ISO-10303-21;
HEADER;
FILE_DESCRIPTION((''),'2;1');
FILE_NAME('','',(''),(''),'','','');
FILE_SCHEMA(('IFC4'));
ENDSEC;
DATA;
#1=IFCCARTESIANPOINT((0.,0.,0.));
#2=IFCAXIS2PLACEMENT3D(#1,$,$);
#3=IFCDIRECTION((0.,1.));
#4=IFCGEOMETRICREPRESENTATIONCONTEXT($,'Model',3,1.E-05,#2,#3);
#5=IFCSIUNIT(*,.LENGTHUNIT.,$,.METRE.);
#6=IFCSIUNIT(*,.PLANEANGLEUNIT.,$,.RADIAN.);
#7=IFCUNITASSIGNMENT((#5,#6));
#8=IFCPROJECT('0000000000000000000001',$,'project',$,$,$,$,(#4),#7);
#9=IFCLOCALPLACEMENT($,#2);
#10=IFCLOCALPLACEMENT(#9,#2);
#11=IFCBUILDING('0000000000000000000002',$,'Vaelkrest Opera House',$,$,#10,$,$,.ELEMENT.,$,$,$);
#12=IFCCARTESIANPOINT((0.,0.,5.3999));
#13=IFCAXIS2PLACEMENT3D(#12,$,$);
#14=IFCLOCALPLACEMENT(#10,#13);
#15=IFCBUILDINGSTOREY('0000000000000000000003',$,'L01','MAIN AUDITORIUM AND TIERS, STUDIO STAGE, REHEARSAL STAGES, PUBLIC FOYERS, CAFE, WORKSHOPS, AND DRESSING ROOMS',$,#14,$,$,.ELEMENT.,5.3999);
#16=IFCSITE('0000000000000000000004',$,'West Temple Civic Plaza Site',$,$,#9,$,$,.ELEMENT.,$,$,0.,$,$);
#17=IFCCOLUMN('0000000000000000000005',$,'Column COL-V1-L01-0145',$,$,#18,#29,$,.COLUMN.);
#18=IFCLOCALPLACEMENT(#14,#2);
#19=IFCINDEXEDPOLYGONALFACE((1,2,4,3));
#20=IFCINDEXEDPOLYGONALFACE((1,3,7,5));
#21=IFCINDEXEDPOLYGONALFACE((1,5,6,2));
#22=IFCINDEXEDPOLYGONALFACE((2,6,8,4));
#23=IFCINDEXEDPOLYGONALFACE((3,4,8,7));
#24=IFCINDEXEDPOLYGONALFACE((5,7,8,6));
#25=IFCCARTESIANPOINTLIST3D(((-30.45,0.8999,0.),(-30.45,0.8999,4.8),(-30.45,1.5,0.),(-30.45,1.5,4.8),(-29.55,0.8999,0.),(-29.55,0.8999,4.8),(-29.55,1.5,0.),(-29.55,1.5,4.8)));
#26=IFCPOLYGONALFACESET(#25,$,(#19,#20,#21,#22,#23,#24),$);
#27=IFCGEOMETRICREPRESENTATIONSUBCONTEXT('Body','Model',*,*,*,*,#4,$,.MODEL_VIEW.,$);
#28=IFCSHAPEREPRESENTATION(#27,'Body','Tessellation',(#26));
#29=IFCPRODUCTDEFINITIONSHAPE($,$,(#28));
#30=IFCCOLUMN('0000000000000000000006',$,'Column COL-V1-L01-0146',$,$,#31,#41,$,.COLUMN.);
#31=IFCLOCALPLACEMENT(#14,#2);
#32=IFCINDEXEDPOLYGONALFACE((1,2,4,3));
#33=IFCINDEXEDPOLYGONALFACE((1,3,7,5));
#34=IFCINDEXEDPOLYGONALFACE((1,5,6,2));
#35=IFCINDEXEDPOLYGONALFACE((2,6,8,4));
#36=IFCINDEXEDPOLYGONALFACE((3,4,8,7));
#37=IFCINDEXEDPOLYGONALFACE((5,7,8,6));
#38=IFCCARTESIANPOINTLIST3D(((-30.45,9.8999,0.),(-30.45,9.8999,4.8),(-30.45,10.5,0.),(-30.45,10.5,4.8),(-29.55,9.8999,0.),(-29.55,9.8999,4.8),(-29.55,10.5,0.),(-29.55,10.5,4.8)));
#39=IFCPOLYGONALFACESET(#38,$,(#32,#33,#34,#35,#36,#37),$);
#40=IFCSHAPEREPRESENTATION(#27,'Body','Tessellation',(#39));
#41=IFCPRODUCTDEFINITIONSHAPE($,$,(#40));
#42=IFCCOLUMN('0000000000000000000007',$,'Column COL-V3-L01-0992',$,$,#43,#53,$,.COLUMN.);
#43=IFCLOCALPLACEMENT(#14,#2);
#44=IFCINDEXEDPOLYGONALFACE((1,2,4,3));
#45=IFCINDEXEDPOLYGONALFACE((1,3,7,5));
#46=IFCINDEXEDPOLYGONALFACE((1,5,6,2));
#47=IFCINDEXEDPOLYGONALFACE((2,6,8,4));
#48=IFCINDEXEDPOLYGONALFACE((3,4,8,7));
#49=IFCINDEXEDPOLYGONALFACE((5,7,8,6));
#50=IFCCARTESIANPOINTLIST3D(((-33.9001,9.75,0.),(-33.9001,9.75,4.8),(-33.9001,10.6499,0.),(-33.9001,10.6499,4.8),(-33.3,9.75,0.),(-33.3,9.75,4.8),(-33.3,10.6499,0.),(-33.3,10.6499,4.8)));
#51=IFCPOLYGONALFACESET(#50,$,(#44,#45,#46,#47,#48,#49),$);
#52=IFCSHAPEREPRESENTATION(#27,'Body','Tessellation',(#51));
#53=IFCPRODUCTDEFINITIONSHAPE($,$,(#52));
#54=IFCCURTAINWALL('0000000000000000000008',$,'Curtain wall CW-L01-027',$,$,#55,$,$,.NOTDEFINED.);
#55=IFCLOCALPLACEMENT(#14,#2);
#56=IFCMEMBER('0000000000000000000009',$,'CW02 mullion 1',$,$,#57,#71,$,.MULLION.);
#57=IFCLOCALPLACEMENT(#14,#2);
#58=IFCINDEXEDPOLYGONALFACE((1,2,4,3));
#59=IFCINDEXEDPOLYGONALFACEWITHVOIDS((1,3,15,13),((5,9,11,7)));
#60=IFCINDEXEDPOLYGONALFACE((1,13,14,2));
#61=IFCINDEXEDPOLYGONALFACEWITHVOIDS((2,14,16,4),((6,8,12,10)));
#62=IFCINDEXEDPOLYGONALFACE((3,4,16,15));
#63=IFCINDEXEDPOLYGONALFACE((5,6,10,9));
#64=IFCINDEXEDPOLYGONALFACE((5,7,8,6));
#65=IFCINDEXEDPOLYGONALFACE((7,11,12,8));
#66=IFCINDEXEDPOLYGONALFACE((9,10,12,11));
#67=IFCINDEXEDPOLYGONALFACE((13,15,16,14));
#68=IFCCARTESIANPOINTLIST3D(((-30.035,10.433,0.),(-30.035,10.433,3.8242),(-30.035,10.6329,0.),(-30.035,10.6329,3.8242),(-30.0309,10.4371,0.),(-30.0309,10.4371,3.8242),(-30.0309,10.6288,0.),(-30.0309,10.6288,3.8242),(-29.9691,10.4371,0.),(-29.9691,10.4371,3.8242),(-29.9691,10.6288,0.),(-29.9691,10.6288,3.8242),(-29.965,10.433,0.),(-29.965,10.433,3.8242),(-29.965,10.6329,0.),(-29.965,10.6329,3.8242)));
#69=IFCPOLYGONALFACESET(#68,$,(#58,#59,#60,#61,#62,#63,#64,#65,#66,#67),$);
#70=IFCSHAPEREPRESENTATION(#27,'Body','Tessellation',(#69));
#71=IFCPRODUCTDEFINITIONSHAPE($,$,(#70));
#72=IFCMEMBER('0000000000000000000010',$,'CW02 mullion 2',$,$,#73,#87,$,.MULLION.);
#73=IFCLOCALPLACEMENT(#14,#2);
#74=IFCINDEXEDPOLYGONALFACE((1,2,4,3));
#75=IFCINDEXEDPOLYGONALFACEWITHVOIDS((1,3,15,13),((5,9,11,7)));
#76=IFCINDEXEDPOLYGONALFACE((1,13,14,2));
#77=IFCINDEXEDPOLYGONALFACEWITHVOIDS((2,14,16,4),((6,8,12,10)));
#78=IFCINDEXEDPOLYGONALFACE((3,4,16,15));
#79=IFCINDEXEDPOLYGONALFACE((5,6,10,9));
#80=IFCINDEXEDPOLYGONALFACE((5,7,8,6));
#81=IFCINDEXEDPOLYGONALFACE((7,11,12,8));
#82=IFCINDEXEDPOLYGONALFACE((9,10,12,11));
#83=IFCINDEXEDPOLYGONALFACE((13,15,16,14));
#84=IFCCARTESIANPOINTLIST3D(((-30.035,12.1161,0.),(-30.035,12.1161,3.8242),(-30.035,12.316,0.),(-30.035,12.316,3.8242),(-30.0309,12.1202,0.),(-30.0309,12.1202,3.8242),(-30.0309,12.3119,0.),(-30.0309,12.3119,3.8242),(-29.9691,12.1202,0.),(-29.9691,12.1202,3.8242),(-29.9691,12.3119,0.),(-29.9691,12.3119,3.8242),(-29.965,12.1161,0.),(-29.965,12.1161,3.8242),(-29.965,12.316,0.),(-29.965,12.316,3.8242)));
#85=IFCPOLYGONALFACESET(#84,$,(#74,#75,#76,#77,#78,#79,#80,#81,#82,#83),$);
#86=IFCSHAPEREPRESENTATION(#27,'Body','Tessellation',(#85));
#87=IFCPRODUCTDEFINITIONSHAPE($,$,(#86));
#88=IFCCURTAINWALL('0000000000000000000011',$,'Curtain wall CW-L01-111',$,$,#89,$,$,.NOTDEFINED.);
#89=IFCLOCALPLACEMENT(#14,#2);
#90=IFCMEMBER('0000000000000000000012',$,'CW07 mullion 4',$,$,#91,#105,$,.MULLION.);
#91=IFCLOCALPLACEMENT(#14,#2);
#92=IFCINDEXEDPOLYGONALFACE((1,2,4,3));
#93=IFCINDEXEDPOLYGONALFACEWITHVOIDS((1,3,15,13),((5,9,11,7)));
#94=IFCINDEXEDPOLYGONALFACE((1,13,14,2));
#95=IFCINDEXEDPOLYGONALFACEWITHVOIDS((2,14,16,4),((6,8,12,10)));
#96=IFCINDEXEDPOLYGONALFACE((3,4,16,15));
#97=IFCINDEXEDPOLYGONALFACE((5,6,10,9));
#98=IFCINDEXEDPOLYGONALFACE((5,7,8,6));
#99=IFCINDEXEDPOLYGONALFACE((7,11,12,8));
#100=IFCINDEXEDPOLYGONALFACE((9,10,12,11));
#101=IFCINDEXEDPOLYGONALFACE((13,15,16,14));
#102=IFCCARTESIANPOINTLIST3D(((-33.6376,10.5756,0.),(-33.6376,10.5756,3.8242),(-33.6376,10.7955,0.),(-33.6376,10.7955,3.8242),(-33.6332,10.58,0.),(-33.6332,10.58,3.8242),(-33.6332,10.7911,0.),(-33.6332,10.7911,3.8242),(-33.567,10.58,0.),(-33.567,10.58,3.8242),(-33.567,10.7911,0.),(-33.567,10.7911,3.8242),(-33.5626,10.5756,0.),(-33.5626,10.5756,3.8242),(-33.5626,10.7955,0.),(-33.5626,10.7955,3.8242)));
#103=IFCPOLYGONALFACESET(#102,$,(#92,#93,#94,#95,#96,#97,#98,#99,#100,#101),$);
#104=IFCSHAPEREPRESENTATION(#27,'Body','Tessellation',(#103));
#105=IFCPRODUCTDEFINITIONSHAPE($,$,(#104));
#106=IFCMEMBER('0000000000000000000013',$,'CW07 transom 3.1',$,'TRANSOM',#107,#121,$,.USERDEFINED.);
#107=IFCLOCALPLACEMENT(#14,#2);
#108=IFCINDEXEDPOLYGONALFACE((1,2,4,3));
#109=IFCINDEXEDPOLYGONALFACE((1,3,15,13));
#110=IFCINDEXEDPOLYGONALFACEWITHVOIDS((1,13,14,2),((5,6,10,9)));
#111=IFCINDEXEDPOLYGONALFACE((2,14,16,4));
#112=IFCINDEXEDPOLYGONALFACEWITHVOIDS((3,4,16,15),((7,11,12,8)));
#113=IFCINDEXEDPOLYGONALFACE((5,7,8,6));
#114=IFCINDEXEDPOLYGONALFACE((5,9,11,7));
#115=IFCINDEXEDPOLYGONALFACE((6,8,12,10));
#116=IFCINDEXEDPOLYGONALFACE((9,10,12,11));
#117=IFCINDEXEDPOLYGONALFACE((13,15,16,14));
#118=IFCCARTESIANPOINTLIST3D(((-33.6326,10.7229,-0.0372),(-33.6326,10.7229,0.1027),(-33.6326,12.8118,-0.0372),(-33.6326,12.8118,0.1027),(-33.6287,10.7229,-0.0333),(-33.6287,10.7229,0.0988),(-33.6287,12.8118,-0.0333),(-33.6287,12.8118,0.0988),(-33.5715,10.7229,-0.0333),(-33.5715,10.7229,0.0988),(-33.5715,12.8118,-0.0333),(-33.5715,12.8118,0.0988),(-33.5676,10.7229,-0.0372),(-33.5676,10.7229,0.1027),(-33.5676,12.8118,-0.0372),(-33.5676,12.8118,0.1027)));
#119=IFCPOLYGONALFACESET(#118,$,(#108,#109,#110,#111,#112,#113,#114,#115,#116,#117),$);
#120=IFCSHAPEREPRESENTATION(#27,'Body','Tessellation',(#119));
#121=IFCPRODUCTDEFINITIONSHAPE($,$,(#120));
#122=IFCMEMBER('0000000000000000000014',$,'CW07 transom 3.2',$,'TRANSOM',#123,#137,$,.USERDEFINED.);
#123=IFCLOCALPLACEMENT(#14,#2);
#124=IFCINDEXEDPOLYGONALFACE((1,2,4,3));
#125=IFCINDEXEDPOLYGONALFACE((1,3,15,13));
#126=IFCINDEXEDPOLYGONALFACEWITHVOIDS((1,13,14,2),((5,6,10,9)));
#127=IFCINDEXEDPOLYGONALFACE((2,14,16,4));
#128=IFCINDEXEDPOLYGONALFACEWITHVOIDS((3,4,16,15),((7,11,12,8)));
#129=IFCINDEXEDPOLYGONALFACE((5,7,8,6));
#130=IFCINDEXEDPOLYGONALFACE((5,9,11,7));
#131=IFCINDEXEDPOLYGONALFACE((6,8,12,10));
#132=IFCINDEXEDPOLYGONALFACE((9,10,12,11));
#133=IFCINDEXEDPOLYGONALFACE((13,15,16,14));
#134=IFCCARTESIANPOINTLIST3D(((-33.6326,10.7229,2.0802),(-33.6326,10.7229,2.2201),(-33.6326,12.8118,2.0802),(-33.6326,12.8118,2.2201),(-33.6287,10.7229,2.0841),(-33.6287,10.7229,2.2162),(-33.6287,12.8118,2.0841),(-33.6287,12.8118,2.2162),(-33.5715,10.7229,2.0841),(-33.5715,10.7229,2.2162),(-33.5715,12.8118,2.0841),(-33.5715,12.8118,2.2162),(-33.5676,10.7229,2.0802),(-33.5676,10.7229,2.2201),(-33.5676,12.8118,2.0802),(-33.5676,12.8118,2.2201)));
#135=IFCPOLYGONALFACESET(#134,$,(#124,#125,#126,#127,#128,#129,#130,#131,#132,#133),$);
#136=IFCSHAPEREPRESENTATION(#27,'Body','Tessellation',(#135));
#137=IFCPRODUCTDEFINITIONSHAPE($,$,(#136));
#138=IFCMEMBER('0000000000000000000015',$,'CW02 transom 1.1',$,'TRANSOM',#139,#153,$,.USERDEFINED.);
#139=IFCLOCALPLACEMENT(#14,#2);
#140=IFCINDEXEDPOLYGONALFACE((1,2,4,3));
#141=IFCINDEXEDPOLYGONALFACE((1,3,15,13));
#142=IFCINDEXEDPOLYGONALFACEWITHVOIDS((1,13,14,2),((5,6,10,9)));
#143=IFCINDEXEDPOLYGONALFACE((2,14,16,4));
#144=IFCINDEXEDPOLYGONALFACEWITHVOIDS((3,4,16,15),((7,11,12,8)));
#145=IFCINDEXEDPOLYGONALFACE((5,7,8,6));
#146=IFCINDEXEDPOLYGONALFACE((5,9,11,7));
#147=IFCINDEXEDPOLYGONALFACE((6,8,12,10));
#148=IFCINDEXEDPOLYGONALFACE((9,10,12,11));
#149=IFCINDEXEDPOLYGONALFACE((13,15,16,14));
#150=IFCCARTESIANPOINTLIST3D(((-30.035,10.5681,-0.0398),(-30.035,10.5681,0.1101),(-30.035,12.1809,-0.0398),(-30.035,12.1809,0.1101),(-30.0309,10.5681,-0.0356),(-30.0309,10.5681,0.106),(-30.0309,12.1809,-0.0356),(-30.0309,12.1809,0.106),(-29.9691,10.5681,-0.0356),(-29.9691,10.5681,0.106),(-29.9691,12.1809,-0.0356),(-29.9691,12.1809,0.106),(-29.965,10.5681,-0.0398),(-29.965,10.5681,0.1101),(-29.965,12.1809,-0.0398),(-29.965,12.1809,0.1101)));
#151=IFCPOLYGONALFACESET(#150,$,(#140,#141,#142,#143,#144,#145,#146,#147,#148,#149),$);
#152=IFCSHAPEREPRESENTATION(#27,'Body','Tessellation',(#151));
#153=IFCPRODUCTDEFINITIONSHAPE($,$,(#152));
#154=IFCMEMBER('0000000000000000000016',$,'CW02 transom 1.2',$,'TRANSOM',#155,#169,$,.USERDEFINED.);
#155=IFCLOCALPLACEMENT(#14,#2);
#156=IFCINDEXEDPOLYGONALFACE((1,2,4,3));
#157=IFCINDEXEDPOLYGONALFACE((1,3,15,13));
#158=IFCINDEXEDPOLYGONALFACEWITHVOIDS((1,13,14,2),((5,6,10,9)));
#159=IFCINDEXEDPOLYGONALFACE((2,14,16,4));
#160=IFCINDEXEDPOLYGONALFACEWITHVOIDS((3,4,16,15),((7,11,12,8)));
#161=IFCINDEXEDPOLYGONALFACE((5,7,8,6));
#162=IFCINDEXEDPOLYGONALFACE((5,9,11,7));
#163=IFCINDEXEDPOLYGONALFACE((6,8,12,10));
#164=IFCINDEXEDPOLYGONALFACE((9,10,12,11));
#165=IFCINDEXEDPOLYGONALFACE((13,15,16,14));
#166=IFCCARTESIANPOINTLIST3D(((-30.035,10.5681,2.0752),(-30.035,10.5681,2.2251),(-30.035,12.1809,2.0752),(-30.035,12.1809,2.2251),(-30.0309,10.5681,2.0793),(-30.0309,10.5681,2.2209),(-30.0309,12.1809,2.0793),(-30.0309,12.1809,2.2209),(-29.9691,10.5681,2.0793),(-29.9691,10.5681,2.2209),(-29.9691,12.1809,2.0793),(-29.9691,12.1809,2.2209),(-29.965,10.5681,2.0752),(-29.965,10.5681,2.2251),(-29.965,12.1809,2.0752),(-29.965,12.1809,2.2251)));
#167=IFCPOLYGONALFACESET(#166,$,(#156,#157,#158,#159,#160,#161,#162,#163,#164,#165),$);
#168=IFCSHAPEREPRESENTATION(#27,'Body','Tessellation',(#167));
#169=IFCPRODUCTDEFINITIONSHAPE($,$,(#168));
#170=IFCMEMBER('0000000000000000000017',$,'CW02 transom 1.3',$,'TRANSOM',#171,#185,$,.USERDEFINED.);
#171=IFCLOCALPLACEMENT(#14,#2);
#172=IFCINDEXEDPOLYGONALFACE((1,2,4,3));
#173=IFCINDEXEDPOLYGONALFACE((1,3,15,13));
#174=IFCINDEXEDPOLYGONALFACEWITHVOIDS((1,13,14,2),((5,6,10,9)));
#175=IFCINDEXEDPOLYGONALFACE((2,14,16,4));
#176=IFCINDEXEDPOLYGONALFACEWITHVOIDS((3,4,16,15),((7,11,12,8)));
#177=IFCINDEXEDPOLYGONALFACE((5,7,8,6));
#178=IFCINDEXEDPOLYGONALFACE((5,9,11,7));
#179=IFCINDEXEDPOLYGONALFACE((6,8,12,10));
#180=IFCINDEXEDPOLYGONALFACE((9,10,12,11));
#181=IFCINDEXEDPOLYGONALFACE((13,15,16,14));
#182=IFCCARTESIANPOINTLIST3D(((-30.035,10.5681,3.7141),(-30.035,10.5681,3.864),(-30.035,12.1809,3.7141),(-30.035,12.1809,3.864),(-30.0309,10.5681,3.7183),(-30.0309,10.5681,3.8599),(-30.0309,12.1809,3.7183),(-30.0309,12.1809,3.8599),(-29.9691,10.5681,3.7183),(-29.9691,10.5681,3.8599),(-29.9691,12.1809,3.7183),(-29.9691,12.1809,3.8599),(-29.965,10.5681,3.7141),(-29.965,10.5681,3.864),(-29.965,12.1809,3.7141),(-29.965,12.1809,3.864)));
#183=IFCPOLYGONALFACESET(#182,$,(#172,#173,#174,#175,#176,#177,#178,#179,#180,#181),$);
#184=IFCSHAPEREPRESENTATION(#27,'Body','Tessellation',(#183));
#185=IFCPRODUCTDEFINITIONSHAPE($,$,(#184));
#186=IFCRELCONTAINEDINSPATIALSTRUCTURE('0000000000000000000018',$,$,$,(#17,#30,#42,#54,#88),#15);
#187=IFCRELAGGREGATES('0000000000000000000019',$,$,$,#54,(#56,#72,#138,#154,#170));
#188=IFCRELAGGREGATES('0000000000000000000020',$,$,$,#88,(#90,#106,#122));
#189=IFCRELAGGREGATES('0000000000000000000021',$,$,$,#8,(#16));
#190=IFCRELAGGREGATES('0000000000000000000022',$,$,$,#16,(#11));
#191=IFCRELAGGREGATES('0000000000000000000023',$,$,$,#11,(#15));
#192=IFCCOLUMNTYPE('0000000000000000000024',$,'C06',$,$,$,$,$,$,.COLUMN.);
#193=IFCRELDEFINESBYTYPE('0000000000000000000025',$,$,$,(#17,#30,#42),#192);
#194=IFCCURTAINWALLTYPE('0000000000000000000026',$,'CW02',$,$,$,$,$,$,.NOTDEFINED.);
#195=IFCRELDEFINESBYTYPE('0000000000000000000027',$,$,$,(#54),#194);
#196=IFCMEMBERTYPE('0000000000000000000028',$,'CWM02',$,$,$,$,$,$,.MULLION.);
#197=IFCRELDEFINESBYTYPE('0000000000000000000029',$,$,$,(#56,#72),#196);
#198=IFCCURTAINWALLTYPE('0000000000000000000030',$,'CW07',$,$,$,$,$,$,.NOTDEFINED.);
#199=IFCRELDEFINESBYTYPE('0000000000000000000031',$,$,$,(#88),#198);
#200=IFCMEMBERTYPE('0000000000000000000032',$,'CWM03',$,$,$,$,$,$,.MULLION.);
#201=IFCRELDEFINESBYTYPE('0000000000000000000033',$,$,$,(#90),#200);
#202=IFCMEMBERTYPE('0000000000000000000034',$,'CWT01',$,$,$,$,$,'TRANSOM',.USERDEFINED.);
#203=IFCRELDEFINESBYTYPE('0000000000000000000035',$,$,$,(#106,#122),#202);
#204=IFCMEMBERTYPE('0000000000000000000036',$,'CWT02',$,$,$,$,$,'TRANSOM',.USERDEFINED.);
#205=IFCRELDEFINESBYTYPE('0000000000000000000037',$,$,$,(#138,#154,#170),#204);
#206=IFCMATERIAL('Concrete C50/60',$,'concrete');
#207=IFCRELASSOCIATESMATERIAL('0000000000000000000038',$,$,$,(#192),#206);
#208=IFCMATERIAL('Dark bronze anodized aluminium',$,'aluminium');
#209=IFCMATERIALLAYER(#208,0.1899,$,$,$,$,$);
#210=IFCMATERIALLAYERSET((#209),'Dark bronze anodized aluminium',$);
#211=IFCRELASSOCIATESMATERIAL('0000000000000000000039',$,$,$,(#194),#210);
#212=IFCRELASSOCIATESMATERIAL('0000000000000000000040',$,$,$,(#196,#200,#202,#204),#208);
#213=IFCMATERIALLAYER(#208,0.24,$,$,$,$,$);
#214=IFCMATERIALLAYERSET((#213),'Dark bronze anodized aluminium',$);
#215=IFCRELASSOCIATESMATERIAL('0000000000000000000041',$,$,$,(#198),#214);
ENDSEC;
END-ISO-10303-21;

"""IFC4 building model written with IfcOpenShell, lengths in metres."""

from ifc_helpers import new_model, si_unit, direction, frame, origin, origin_2d, place, context, subcontext, project, spatial, rectangle, hollow_rectangle, extrude, material, layer, layer_set, material_profile, profile_set, type_object, element, aggregate, save


model = new_model("IFC4")

# Units and contexts
model_context = context("Model", 3, precision=1e-05, world=origin(), true_north=direction((0.0, 1.0)))
body_context = subcontext(model_context, "Body", "Model", "MODEL_VIEW")
ifc_project = project(units=[si_unit("LENGTHUNIT", "METRE"), si_unit("PLANEANGLEUNIT", "RADIAN")], contexts=[model_context])

# Site, building, storey
site_placement = place(None, origin())
site = spatial("IfcSite", under=ifc_project, at=site_placement, Name="West Temple Civic Plaza Site", CompositionType="ELEMENT", RefElevation=0.0)
building_placement = place(site_placement, origin())
building = spatial("IfcBuilding", under=site, at=building_placement, Name="Vaelkrest Opera House", CompositionType="ELEMENT")
storey_placement = place(building_placement, frame((0.0, 0.0, 5.3999)))
storey = spatial("IfcBuildingStorey", under=building, at=storey_placement, Name="L01", Description="MAIN AUDITORIUM AND TIERS, STUDIO STAGE, REHEARSAL STAGES, PUBLIC FOYERS, CAFE, WORKSHOPS, AND DRESSING ROOMS", CompositionType="ELEMENT", Elevation=5.3999)

# Columns
ifc_material_1 = material(Name="Concrete C50/60", Category="concrete")
ifc_material_profile_1 = material_profile(ifc_material_1, rectangle(XDim=0.6001, YDim=0.8999, at=origin_2d()), Name="RC600X900")
ifc_profile_set_1 = profile_set([ifc_material_profile_1], Name="Concrete C50/60")
column_type = type_object("IfcColumnType", Name="C06", PredefinedType="COLUMN", material=ifc_profile_set_1)
for number, where, z_axis, x_axis, name in (
    (1, (-30.0, 1.2, 0.0), (0.0, 0.0, 1.0), (0.0, 1.0, 0.0), "Column COL-V1-L01-0145"),
    (2, (-30.0, 10.2, 0.0), (0.0, 0.0, 1.0), (0.0, 1.0, 0.0), "Column COL-V1-L01-0146"),
    (3, (-33.6001, 10.2, 0.0), (0.0, 0.0, 1.0), (1.0, 0.0, 0.0), "Column COL-V3-L01-0992"),
):
    element("IfcColumn", number, at=place(storey_placement, frame(where, z_axis=z_axis, x_axis=x_axis)), inside=storey, type_object=column_type, Name=name, PredefinedType="COLUMN", context=body_context, shape_type="SweptSolid", body=[
        extrude(rectangle(XDim=0.6001, YDim=0.8999, at=origin_2d()), origin(), (0.0, 0.0, 1.0), 4.8),
    ])

# Curtain walls, members
ifc_material_2 = material(Name="Dark bronze anodized aluminium", Category="aluminium")
ifc_layer_1 = layer(ifc_material_2, 0.1899)
ifc_layer_set_1 = layer_set([ifc_layer_1], Name="Dark bronze anodized aluminium")
curtain_wall_type_1 = type_object("IfcCurtainWallType", Name="CW02", PredefinedType="NOTDEFINED", material=ifc_layer_set_1)
curtain_wall_1_placement = place(storey_placement, origin())
curtain_wall_1 = element("IfcCurtainWall", 4, at=curtain_wall_1_placement, inside=storey, type_object=curtain_wall_type_1, Name="Curtain wall CW-L01-027", PredefinedType="NOTDEFINED")
ifc_material_profile_2 = material_profile(ifc_material_2, hollow_rectangle(XDim=0.0701, YDim=0.2, WallThickness=0.0042, at=origin_2d()), Name="CWM70X200")
ifc_profile_set_2 = profile_set([ifc_material_profile_2], Name="Dark bronze anodized aluminium")
member_type_1 = type_object("IfcMemberType", Name="CWM02", PredefinedType="MULLION", material=ifc_profile_set_2)
member_1_placement = place(storey_placement, frame((-30.0, 10.533, 0.0), z_axis=(0.0, 0.0, 1.0), x_axis=(-1.0, 0.0, 0.0)))
member_1 = element("IfcMember", 5, at=member_1_placement, type_object=member_type_1, Name="CW02 mullion 1", PredefinedType="MULLION", context=body_context, shape_type="SweptSolid", body=[
    extrude(hollow_rectangle(XDim=0.0701, YDim=0.2, WallThickness=0.0042, at=origin_2d()), origin(), (0.0, 0.0, 1.0), 3.8242),
])
member_2_placement = place(storey_placement, frame((-30.0, 12.2161, 0.0), z_axis=(0.0, 0.0, 1.0), x_axis=(-1.0, 0.0, 0.0)))
member_2 = element("IfcMember", 6, at=member_2_placement, type_object=member_type_1, Name="CW02 mullion 2", PredefinedType="MULLION", context=body_context, shape_type="SweptSolid", body=[
    extrude(hollow_rectangle(XDim=0.0701, YDim=0.2, WallThickness=0.0042, at=origin_2d()), origin(), (0.0, 0.0, 1.0), 3.8242),
])
ifc_layer_2 = layer(ifc_material_2, 0.24)
ifc_layer_set_2 = layer_set([ifc_layer_2], Name="Dark bronze anodized aluminium")
curtain_wall_type_2 = type_object("IfcCurtainWallType", Name="CW07", PredefinedType="NOTDEFINED", material=ifc_layer_set_2)
curtain_wall_2_placement = place(storey_placement, origin())
curtain_wall_2 = element("IfcCurtainWall", 7, at=curtain_wall_2_placement, inside=storey, type_object=curtain_wall_type_2, Name="Curtain wall CW-L01-111", PredefinedType="NOTDEFINED")
ifc_material_profile_3 = material_profile(ifc_material_2, hollow_rectangle(XDim=0.075, YDim=0.22, WallThickness=0.0044, at=origin_2d()), Name="CWM75X220")
ifc_profile_set_3 = profile_set([ifc_material_profile_3], Name="Dark bronze anodized aluminium")
member_type_2 = type_object("IfcMemberType", Name="CWM03", PredefinedType="MULLION", material=ifc_profile_set_3)
member_3_placement = place(storey_placement, frame((-33.6001, 10.6855, 0.0), z_axis=(0.0, 0.0, 1.0), x_axis=(1.0, 0.0, 0.0)))
member_3 = element("IfcMember", 8, at=member_3_placement, type_object=member_type_2, Name="CW07 mullion 4", PredefinedType="MULLION", context=body_context, shape_type="SweptSolid", body=[
    extrude(hollow_rectangle(XDim=0.075, YDim=0.22, WallThickness=0.0044, at=origin_2d()), origin(), (0.0, 0.0, 1.0), 3.8242),
])
ifc_material_profile_4 = material_profile(ifc_material_2, hollow_rectangle(XDim=0.0649, YDim=0.1399, WallThickness=0.0039, at=origin_2d()), Name="CWT65X140")
ifc_profile_set_4 = profile_set([ifc_material_profile_4], Name="Dark bronze anodized aluminium")
member_type_3 = type_object("IfcMemberType", Name="CWT01", ElementType="TRANSOM", PredefinedType="USERDEFINED", material=ifc_profile_set_4)
member_4_placement = place(storey_placement, frame((-33.6001, 12.8118, 0.0327), z_axis=(0.0, -1.0, 0.0), x_axis=(1.0, 0.0, 0.0)))
member_4 = element("IfcMember", 9, at=member_4_placement, type_object=member_type_3, Name="CW07 transom 3.1", ObjectType="TRANSOM", PredefinedType="USERDEFINED", context=body_context, shape_type="SweptSolid", body=[
    extrude(hollow_rectangle(XDim=0.0649, YDim=0.1399, WallThickness=0.0039, at=origin_2d()), origin(), (0.0, 0.0, 1.0), 2.0889),
])
member_5_placement = place(storey_placement, frame((-33.6001, 12.8118, 2.1501), z_axis=(0.0, -1.0, 0.0), x_axis=(1.0, 0.0, 0.0)))
member_5 = element("IfcMember", 10, at=member_5_placement, type_object=member_type_3, Name="CW07 transom 3.2", ObjectType="TRANSOM", PredefinedType="USERDEFINED", context=body_context, shape_type="SweptSolid", body=[
    extrude(hollow_rectangle(XDim=0.0649, YDim=0.1399, WallThickness=0.0039, at=origin_2d()), origin(), (0.0, 0.0, 1.0), 2.0889),
])

# Members
ifc_material_profile_5 = material_profile(ifc_material_2, hollow_rectangle(XDim=0.0701, YDim=0.1499, WallThickness=0.0042, at=origin_2d()), Name="CWT70X150")
ifc_profile_set_5 = profile_set([ifc_material_profile_5], Name="Dark bronze anodized aluminium")
member_type_4 = type_object("IfcMemberType", Name="CWT02", ElementType="TRANSOM", PredefinedType="USERDEFINED", material=ifc_profile_set_5)
member_6_placement = place(storey_placement, frame((-30.0, 10.5681, 0.0352), z_axis=(0.0, 1.0, 0.0), x_axis=(-1.0, 0.0, 0.0)))
member_6 = element("IfcMember", 11, at=member_6_placement, type_object=member_type_4, Name="CW02 transom 1.1", ObjectType="TRANSOM", PredefinedType="USERDEFINED", context=body_context, shape_type="SweptSolid", body=[
    extrude(hollow_rectangle(XDim=0.0701, YDim=0.1499, WallThickness=0.0042, at=origin_2d()), origin(), (0.0, 0.0, 1.0), 1.6128),
])
member_7_placement = place(storey_placement, frame((-30.0, 10.5681, 2.1501), z_axis=(0.0, 1.0, 0.0), x_axis=(-1.0, 0.0, 0.0)))
member_7 = element("IfcMember", 12, at=member_7_placement, type_object=member_type_4, Name="CW02 transom 1.2", ObjectType="TRANSOM", PredefinedType="USERDEFINED", context=body_context, shape_type="SweptSolid", body=[
    extrude(hollow_rectangle(XDim=0.0701, YDim=0.1499, WallThickness=0.0042, at=origin_2d()), origin(), (0.0, 0.0, 1.0), 1.6128),
])
member_8_placement = place(storey_placement, frame((-30.0, 10.5681, 3.7891), z_axis=(0.0, 1.0, 0.0), x_axis=(-1.0, 0.0, 0.0)))
member_8 = element("IfcMember", 13, at=member_8_placement, type_object=member_type_4, Name="CW02 transom 1.3", ObjectType="TRANSOM", PredefinedType="USERDEFINED", context=body_context, shape_type="SweptSolid", body=[
    extrude(hollow_rectangle(XDim=0.0701, YDim=0.1499, WallThickness=0.0042, at=origin_2d()), origin(), (0.0, 0.0, 1.0), 1.6128),
])

aggregate(curtain_wall_1, [member_1, member_2, member_6, member_7, member_8])
aggregate(curtain_wall_2, [member_3, member_4, member_5])

save(model, "model.ifc")
